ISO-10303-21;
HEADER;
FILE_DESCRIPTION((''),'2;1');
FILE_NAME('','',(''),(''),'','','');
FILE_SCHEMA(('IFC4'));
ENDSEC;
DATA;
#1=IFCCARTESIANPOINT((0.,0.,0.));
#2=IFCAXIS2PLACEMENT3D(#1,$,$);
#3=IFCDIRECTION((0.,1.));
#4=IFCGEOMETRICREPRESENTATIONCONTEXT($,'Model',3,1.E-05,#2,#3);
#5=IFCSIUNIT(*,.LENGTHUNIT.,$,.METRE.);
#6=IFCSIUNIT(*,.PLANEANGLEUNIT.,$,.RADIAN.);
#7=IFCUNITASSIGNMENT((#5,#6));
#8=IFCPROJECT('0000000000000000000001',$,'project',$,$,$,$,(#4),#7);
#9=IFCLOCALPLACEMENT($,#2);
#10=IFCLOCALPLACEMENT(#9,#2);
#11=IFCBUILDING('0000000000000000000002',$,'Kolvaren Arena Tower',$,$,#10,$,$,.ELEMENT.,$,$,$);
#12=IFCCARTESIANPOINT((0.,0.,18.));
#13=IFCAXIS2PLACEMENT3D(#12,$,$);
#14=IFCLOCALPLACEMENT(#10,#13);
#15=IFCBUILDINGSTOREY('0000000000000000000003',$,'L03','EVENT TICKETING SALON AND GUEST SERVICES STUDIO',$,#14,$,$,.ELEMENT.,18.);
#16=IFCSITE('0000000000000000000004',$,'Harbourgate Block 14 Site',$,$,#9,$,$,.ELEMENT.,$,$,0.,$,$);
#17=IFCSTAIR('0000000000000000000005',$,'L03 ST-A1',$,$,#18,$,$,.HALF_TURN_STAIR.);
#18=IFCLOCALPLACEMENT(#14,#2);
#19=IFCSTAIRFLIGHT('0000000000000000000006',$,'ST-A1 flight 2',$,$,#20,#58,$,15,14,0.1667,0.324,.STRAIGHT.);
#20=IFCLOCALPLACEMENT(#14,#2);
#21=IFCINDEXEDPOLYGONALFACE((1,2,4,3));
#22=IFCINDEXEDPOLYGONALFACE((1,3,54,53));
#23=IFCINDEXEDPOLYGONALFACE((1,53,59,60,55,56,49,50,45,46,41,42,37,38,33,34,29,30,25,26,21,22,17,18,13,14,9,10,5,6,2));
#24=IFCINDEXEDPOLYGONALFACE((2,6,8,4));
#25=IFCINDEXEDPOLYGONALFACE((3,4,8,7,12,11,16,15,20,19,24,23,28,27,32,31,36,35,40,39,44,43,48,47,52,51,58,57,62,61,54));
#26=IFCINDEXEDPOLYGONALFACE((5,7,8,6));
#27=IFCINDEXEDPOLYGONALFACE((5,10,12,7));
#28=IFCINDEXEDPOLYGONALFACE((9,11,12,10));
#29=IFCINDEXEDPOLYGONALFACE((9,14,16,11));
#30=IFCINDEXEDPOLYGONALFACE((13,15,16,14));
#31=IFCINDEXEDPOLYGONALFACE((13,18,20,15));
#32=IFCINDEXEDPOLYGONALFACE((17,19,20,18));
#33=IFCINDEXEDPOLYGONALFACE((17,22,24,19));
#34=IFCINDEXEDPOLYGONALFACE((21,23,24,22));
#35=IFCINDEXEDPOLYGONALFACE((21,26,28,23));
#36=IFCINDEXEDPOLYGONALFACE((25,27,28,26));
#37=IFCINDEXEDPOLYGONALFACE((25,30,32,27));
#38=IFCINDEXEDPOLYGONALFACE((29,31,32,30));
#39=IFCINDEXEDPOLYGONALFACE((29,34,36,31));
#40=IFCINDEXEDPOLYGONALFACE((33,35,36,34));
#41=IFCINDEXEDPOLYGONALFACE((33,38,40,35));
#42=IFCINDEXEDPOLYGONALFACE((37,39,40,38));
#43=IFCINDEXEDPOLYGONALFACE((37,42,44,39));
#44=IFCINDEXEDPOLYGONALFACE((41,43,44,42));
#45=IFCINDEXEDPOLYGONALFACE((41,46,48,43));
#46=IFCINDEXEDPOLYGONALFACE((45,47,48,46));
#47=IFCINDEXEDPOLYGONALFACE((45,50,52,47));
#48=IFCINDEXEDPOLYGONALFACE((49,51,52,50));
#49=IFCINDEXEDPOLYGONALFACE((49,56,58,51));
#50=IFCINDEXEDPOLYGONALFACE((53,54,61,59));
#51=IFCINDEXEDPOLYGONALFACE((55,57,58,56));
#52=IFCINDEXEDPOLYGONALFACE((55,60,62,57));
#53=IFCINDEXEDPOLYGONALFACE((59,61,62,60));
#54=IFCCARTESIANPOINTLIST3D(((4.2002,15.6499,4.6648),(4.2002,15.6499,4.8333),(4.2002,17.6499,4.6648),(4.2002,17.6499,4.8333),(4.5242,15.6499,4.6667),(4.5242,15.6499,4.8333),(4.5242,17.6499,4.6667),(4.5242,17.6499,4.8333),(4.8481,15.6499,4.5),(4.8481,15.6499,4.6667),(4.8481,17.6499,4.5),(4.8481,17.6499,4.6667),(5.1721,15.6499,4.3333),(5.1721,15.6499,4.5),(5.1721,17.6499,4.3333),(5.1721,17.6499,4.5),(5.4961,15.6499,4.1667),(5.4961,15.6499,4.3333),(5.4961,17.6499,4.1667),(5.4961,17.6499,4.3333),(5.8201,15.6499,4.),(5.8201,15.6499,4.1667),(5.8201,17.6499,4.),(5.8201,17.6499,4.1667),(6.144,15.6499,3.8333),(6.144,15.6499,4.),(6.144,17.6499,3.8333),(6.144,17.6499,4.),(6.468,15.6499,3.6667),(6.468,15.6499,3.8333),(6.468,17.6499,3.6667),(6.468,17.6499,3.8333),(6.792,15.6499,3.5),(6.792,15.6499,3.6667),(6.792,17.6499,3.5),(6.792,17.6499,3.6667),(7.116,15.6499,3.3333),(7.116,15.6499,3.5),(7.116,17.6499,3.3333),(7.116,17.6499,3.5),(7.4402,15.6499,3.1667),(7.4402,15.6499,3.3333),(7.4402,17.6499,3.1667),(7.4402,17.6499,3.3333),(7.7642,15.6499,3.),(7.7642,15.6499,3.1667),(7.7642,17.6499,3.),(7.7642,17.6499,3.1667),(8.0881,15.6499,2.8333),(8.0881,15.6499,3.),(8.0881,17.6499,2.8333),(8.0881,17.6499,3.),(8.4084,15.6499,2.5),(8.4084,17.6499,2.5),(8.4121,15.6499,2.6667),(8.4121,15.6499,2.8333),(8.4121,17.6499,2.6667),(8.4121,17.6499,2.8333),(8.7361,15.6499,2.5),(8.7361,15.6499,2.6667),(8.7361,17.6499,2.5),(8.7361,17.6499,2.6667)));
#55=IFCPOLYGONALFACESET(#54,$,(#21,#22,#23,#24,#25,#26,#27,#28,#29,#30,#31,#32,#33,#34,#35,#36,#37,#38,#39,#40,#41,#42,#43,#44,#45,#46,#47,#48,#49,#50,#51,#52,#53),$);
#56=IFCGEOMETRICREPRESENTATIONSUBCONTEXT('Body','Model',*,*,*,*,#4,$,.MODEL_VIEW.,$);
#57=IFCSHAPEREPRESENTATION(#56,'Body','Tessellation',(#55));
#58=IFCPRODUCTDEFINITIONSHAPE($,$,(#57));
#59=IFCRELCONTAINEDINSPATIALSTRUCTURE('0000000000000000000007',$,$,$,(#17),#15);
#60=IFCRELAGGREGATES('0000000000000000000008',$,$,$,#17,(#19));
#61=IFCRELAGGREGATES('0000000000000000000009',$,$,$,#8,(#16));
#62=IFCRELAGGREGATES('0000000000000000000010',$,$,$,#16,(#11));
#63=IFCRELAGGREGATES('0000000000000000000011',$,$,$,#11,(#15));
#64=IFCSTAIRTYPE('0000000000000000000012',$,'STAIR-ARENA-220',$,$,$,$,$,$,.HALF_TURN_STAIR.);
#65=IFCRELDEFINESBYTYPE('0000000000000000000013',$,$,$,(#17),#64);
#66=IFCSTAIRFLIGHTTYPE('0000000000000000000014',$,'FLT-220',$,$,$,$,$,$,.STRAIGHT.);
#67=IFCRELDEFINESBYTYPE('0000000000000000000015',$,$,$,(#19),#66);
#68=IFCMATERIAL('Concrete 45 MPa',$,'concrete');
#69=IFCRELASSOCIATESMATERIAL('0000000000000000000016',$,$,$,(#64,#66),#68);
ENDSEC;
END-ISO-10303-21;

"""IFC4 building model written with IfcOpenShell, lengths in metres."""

from ifc_helpers import new_model, si_unit, direction, frame, origin, place, context, subcontext, project, spatial, polyline, outline, extrude, material, type_object, element, aggregate, save


model = new_model("IFC4")

# Units and contexts
model_context = context("Model", 3, precision=1e-05, world=origin(), true_north=direction((0.0, 1.0)))
body_context = subcontext(model_context, "Body", "Model", "MODEL_VIEW")
ifc_project = project(units=[si_unit("LENGTHUNIT", "METRE"), si_unit("PLANEANGLEUNIT", "RADIAN")], contexts=[model_context])

# Site, building, storey
site_placement = place(None, origin())
site = spatial("IfcSite", under=ifc_project, at=site_placement, Name="Harbourgate Block 14 Site", CompositionType="ELEMENT", RefElevation=0.0)
building_placement = place(site_placement, origin())
building = spatial("IfcBuilding", under=site, at=building_placement, Name="Kolvaren Arena Tower", CompositionType="ELEMENT")
storey_placement = place(building_placement, frame((0.0, 0.0, 18.0)))
storey = spatial("IfcBuildingStorey", under=building, at=storey_placement, Name="L03", Description="EVENT TICKETING SALON AND GUEST SERVICES STUDIO", CompositionType="ELEMENT", Elevation=18.0)

# Shared definitions
ifc_material_1 = material(Name="Concrete 45 MPa", Category="concrete")

# Stair, stair flight
stair_type = type_object("IfcStairType", Name="STAIR-ARENA-220", PredefinedType="HALF_TURN_STAIR", material=ifc_material_1)
stair_placement = place(storey_placement, origin())
stair = element("IfcStair", 1, at=stair_placement, inside=storey, type_object=stair_type, Name="L03 ST-A1", PredefinedType="HALF_TURN_STAIR")
stair_flight_type = type_object("IfcStairFlightType", Name="FLT-220", PredefinedType="STRAIGHT", material=ifc_material_1)
stair_flight_1_placement = place(storey_placement, frame((8.7361, 16.6499, 2.5), z_axis=(0.0, 0.0, 1.0), x_axis=(-1.0, 0.0, 0.0)))
stair_flight_1 = element("IfcStairFlight", 2, at=stair_flight_1_placement, type_object=stair_flight_type, Name="ST-A1 flight 2", NumberOfRisers=15, NumberOfTreads=14, PredefinedType="STRAIGHT", RiserHeight=0.1667, TreadLength=0.324, context=body_context, shape_type="SweptSolid", body=[
    extrude(outline(polyline([(0.0, 0.0), (0.0, 0.1667), (0.324, 0.1667), (0.324, 0.3333), (0.6479, 0.3333), (0.6479, 0.5), (0.9719, 0.5), (0.9719, 0.6667), (1.2959, 0.6667), (1.2959, 0.8333), (1.6201, 0.8333), (1.6201, 1.0), (1.9441, 1.0), (1.9441, 1.1667), (2.2681, 1.1667), (2.2681, 1.3333), (2.592, 1.3333), (2.592, 1.5), (2.916, 1.5), (2.916, 1.6667), (3.24, 1.6667), (3.24, 1.8333), (3.564, 1.8333), (3.564, 2.0), (3.8879, 2.0), (3.8879, 2.1667), (4.2119, 2.1667), (4.2119, 2.3333), (4.5359, 2.3333), (4.5359, 2.5), (4.5359, 2.1648), (0.3276, 0.0), (0.0, 0.0)])), frame((0.0, 1.0, 0.0), z_axis=(0.0, -1.0, 0.0), x_axis=(1.0, 0.0, 0.0)), (0.0, 0.0, 1.0), 2.0),
])
aggregate(stair, [stair_flight_1])

save(model, "model.ifc")
